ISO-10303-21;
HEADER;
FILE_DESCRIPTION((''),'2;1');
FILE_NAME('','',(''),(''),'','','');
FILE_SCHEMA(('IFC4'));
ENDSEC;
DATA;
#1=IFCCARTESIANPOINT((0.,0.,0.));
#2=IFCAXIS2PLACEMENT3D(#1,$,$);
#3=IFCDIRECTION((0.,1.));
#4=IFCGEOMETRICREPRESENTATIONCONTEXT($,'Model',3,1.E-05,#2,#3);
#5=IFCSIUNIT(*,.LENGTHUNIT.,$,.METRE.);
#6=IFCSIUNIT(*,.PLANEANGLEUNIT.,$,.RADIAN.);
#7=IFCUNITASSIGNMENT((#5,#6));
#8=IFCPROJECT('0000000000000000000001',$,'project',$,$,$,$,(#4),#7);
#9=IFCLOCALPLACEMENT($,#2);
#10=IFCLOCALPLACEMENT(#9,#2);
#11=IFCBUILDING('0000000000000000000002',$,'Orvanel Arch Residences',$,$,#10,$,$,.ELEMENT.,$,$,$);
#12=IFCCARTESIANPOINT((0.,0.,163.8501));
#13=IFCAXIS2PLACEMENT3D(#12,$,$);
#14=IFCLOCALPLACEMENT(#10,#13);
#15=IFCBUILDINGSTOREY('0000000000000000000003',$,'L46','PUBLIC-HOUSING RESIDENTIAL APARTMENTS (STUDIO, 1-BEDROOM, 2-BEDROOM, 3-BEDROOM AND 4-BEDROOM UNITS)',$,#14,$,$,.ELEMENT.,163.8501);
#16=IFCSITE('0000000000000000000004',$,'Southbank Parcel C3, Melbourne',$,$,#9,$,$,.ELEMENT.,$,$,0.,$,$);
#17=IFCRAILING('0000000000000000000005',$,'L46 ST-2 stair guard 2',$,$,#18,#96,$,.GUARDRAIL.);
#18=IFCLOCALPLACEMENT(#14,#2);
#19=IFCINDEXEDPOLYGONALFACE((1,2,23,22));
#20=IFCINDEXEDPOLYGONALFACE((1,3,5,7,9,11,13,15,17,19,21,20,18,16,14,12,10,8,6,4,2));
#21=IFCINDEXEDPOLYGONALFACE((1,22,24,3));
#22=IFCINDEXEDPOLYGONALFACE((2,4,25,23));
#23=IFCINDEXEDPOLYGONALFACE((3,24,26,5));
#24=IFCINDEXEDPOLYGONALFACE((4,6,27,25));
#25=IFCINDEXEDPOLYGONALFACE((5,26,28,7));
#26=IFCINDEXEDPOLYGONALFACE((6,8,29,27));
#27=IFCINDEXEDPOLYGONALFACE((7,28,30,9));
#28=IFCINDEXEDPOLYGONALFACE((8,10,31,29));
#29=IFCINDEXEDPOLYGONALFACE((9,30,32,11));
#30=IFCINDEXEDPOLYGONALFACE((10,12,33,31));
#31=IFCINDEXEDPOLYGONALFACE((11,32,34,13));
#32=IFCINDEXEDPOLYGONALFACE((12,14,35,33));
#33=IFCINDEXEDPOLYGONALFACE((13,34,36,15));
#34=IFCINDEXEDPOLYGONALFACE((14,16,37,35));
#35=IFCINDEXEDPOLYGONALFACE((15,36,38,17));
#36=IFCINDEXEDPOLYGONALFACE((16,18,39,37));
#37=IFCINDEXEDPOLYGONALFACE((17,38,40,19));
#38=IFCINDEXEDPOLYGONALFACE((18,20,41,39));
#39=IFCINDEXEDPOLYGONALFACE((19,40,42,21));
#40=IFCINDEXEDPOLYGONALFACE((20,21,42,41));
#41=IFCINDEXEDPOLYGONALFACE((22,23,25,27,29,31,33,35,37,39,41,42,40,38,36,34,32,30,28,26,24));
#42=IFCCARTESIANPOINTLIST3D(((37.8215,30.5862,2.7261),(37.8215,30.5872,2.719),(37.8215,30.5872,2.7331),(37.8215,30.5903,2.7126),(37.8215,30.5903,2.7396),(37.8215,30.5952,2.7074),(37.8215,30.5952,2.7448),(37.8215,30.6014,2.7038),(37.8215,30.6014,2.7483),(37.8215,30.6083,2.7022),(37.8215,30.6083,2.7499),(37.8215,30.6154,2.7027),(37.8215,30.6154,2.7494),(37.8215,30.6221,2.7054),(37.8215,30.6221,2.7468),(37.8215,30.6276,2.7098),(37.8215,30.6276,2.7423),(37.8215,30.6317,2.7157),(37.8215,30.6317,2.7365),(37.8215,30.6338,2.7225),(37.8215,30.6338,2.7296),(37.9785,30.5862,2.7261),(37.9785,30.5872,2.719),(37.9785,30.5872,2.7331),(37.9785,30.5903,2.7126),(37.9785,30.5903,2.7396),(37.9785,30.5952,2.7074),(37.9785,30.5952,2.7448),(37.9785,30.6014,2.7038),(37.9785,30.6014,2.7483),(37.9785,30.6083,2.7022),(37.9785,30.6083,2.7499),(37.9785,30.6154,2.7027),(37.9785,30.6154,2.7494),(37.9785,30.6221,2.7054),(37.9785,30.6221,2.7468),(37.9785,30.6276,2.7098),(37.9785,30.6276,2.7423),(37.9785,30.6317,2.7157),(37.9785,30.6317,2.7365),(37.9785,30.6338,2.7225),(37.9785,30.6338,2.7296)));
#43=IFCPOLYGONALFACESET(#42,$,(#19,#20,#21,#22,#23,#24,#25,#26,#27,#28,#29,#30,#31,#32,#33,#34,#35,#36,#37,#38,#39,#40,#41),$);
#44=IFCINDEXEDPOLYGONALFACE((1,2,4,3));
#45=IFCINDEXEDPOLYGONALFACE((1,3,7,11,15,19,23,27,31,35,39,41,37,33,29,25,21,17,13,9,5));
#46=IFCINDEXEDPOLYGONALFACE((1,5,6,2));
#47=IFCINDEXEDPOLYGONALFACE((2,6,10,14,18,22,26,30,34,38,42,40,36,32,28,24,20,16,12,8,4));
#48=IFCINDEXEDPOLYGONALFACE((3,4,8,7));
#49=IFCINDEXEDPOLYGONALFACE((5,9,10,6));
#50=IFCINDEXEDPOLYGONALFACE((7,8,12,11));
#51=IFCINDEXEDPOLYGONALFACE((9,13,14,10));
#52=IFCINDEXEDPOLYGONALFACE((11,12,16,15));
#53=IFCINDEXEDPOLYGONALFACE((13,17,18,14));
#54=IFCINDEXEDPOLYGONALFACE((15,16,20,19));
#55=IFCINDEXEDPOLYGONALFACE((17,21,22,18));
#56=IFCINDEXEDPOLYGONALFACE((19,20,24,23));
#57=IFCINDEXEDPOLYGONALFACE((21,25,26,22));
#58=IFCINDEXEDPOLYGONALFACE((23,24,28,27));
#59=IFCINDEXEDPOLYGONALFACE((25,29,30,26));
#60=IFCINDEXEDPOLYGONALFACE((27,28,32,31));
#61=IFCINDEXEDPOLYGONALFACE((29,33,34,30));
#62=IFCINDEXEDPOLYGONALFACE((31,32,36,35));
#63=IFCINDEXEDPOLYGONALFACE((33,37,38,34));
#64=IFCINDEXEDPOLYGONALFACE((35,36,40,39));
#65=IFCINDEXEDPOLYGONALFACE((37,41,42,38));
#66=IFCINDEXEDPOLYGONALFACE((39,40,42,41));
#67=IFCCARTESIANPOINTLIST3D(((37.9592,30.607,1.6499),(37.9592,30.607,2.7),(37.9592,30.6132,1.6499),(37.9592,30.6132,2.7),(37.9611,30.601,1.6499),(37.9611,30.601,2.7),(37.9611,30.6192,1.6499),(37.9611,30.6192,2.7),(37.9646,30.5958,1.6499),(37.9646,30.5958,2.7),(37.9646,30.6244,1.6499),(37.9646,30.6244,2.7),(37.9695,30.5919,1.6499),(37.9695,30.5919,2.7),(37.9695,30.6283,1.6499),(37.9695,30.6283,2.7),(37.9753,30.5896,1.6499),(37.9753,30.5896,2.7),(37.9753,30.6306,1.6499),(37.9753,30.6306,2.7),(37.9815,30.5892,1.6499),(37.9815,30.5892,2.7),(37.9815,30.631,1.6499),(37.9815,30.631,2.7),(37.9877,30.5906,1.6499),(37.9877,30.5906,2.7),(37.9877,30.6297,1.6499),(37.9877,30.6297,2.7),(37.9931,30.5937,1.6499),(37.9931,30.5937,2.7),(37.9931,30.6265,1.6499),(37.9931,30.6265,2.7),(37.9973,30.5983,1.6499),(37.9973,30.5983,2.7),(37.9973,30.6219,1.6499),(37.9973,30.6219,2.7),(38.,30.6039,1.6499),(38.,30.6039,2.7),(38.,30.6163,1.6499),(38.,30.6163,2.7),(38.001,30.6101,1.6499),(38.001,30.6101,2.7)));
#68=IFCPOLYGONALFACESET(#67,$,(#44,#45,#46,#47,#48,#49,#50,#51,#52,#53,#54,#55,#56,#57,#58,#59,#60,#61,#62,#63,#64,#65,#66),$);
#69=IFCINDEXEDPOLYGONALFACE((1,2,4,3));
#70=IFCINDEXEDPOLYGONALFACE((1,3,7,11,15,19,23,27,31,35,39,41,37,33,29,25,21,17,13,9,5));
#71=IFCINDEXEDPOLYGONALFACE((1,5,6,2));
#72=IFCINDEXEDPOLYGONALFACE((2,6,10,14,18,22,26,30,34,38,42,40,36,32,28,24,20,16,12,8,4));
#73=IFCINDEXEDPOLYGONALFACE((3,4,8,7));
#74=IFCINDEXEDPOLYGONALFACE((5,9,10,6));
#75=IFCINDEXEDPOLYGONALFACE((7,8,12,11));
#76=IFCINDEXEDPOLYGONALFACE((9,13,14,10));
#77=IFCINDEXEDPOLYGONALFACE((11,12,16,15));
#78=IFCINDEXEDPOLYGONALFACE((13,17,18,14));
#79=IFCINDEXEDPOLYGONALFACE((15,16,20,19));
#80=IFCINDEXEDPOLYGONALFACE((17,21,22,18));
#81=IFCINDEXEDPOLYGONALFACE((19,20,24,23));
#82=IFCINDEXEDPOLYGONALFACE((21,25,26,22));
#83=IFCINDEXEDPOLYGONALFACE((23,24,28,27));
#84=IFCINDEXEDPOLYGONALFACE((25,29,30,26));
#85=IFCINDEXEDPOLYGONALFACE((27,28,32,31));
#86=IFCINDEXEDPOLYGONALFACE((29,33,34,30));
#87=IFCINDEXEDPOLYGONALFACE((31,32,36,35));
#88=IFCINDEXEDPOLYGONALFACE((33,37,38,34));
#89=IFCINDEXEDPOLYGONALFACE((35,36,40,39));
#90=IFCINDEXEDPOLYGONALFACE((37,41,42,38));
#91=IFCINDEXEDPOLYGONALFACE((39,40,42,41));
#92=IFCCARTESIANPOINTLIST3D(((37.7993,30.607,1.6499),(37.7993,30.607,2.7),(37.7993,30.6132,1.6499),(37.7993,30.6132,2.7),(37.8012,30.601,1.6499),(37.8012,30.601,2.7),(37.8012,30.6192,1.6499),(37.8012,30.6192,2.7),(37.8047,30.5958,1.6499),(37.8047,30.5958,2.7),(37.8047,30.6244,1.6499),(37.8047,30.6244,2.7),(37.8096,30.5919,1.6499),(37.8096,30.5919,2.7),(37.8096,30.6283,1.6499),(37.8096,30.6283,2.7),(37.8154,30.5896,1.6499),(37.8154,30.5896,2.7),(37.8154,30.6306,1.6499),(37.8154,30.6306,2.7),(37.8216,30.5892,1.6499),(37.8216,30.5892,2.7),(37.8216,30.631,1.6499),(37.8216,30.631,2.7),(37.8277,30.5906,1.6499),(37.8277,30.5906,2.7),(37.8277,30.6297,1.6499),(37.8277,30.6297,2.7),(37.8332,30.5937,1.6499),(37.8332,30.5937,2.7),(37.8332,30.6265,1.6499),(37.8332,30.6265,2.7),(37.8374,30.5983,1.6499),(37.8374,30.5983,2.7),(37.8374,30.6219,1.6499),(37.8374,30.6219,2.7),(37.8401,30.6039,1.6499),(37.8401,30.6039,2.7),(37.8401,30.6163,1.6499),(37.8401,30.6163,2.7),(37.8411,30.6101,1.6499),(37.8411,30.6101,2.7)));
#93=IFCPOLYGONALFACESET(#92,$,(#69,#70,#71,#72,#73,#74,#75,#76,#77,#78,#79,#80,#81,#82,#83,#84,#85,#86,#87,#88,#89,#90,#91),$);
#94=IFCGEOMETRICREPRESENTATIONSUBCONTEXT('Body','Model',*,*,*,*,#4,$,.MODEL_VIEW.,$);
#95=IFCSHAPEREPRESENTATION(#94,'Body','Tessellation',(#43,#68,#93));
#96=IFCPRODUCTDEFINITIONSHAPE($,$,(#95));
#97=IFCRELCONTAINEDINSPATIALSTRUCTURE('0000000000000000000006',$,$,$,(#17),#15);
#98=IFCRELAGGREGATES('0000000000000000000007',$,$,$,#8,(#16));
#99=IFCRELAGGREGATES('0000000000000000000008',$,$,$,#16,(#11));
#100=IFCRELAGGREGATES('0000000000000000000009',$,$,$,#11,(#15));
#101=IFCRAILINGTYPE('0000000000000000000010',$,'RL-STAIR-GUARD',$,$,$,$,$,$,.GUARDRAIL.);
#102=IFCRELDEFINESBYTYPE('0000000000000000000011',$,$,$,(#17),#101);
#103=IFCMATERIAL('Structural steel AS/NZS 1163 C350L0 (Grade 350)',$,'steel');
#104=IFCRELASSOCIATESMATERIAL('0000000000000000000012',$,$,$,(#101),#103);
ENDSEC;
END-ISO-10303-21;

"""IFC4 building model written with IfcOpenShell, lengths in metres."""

from ifc_helpers import new_model, si_unit, direction, frame, origin, origin_2d, place, context, subcontext, project, spatial, circle, extrude, material, type_object, element, save


model = new_model("IFC4")

# Units and contexts
model_context = context("Model", 3, precision=1e-05, world=origin(), true_north=direction((0.0, 1.0)))
body_context = subcontext(model_context, "Body", "Model", "MODEL_VIEW")
ifc_project = project(units=[si_unit("LENGTHUNIT", "METRE"), si_unit("PLANEANGLEUNIT", "RADIAN")], contexts=[model_context])

# Site, building, storey
site_placement = place(None, origin())
site = spatial("IfcSite", under=ifc_project, at=site_placement, Name="Southbank Parcel C3, Melbourne", CompositionType="ELEMENT", RefElevation=0.0)
building_placement = place(site_placement, origin())
building = spatial("IfcBuilding", under=site, at=building_placement, Name="Orvanel Arch Residences", CompositionType="ELEMENT")
storey_placement = place(building_placement, frame((0.0, 0.0, 163.8501)))
storey = spatial("IfcBuildingStorey", under=building, at=storey_placement, Name="L46", Description="PUBLIC-HOUSING RESIDENTIAL APARTMENTS (STUDIO, 1-BEDROOM, 2-BEDROOM, 3-BEDROOM AND 4-BEDROOM UNITS)", CompositionType="ELEMENT", Elevation=163.8501)

# Railing
ifc_material_1 = material(Name="Structural steel AS/NZS 1163 C350L0 (Grade 350)", Category="steel")
railing_type_1 = type_object("IfcRailingType", Name="RL-STAIR-GUARD", PredefinedType="GUARDRAIL", material=ifc_material_1)
railing_1_placement = place(storey_placement, frame((37.98, 30.6101, 1.6499)))
element("IfcRailing", 1, at=railing_1_placement, inside=storey, type_object=railing_type_1, Name="L46 ST-2 stair guard 2", PredefinedType="GUARDRAIL", context=body_context, shape_type="SweptSolid", body=[
    extrude(circle(Radius=0.0239, at=origin_2d()), frame((-0.0015, 0.0, 1.0762), z_axis=(-1.0, 0.0, 0.0), x_axis=(0.0, -1.0, 0.0)), (0.0, 0.0, 1.0), 0.157),
    extrude(circle(Radius=0.021, at=origin_2d()), origin(), (0.0, 0.0, 1.0), 1.05),
    extrude(circle(Radius=0.021, at=origin_2d()), frame((-0.1599, 0.0, 0.0)), (0.0, 0.0, 1.0), 1.05),
])

save(model, "model.ifc")
